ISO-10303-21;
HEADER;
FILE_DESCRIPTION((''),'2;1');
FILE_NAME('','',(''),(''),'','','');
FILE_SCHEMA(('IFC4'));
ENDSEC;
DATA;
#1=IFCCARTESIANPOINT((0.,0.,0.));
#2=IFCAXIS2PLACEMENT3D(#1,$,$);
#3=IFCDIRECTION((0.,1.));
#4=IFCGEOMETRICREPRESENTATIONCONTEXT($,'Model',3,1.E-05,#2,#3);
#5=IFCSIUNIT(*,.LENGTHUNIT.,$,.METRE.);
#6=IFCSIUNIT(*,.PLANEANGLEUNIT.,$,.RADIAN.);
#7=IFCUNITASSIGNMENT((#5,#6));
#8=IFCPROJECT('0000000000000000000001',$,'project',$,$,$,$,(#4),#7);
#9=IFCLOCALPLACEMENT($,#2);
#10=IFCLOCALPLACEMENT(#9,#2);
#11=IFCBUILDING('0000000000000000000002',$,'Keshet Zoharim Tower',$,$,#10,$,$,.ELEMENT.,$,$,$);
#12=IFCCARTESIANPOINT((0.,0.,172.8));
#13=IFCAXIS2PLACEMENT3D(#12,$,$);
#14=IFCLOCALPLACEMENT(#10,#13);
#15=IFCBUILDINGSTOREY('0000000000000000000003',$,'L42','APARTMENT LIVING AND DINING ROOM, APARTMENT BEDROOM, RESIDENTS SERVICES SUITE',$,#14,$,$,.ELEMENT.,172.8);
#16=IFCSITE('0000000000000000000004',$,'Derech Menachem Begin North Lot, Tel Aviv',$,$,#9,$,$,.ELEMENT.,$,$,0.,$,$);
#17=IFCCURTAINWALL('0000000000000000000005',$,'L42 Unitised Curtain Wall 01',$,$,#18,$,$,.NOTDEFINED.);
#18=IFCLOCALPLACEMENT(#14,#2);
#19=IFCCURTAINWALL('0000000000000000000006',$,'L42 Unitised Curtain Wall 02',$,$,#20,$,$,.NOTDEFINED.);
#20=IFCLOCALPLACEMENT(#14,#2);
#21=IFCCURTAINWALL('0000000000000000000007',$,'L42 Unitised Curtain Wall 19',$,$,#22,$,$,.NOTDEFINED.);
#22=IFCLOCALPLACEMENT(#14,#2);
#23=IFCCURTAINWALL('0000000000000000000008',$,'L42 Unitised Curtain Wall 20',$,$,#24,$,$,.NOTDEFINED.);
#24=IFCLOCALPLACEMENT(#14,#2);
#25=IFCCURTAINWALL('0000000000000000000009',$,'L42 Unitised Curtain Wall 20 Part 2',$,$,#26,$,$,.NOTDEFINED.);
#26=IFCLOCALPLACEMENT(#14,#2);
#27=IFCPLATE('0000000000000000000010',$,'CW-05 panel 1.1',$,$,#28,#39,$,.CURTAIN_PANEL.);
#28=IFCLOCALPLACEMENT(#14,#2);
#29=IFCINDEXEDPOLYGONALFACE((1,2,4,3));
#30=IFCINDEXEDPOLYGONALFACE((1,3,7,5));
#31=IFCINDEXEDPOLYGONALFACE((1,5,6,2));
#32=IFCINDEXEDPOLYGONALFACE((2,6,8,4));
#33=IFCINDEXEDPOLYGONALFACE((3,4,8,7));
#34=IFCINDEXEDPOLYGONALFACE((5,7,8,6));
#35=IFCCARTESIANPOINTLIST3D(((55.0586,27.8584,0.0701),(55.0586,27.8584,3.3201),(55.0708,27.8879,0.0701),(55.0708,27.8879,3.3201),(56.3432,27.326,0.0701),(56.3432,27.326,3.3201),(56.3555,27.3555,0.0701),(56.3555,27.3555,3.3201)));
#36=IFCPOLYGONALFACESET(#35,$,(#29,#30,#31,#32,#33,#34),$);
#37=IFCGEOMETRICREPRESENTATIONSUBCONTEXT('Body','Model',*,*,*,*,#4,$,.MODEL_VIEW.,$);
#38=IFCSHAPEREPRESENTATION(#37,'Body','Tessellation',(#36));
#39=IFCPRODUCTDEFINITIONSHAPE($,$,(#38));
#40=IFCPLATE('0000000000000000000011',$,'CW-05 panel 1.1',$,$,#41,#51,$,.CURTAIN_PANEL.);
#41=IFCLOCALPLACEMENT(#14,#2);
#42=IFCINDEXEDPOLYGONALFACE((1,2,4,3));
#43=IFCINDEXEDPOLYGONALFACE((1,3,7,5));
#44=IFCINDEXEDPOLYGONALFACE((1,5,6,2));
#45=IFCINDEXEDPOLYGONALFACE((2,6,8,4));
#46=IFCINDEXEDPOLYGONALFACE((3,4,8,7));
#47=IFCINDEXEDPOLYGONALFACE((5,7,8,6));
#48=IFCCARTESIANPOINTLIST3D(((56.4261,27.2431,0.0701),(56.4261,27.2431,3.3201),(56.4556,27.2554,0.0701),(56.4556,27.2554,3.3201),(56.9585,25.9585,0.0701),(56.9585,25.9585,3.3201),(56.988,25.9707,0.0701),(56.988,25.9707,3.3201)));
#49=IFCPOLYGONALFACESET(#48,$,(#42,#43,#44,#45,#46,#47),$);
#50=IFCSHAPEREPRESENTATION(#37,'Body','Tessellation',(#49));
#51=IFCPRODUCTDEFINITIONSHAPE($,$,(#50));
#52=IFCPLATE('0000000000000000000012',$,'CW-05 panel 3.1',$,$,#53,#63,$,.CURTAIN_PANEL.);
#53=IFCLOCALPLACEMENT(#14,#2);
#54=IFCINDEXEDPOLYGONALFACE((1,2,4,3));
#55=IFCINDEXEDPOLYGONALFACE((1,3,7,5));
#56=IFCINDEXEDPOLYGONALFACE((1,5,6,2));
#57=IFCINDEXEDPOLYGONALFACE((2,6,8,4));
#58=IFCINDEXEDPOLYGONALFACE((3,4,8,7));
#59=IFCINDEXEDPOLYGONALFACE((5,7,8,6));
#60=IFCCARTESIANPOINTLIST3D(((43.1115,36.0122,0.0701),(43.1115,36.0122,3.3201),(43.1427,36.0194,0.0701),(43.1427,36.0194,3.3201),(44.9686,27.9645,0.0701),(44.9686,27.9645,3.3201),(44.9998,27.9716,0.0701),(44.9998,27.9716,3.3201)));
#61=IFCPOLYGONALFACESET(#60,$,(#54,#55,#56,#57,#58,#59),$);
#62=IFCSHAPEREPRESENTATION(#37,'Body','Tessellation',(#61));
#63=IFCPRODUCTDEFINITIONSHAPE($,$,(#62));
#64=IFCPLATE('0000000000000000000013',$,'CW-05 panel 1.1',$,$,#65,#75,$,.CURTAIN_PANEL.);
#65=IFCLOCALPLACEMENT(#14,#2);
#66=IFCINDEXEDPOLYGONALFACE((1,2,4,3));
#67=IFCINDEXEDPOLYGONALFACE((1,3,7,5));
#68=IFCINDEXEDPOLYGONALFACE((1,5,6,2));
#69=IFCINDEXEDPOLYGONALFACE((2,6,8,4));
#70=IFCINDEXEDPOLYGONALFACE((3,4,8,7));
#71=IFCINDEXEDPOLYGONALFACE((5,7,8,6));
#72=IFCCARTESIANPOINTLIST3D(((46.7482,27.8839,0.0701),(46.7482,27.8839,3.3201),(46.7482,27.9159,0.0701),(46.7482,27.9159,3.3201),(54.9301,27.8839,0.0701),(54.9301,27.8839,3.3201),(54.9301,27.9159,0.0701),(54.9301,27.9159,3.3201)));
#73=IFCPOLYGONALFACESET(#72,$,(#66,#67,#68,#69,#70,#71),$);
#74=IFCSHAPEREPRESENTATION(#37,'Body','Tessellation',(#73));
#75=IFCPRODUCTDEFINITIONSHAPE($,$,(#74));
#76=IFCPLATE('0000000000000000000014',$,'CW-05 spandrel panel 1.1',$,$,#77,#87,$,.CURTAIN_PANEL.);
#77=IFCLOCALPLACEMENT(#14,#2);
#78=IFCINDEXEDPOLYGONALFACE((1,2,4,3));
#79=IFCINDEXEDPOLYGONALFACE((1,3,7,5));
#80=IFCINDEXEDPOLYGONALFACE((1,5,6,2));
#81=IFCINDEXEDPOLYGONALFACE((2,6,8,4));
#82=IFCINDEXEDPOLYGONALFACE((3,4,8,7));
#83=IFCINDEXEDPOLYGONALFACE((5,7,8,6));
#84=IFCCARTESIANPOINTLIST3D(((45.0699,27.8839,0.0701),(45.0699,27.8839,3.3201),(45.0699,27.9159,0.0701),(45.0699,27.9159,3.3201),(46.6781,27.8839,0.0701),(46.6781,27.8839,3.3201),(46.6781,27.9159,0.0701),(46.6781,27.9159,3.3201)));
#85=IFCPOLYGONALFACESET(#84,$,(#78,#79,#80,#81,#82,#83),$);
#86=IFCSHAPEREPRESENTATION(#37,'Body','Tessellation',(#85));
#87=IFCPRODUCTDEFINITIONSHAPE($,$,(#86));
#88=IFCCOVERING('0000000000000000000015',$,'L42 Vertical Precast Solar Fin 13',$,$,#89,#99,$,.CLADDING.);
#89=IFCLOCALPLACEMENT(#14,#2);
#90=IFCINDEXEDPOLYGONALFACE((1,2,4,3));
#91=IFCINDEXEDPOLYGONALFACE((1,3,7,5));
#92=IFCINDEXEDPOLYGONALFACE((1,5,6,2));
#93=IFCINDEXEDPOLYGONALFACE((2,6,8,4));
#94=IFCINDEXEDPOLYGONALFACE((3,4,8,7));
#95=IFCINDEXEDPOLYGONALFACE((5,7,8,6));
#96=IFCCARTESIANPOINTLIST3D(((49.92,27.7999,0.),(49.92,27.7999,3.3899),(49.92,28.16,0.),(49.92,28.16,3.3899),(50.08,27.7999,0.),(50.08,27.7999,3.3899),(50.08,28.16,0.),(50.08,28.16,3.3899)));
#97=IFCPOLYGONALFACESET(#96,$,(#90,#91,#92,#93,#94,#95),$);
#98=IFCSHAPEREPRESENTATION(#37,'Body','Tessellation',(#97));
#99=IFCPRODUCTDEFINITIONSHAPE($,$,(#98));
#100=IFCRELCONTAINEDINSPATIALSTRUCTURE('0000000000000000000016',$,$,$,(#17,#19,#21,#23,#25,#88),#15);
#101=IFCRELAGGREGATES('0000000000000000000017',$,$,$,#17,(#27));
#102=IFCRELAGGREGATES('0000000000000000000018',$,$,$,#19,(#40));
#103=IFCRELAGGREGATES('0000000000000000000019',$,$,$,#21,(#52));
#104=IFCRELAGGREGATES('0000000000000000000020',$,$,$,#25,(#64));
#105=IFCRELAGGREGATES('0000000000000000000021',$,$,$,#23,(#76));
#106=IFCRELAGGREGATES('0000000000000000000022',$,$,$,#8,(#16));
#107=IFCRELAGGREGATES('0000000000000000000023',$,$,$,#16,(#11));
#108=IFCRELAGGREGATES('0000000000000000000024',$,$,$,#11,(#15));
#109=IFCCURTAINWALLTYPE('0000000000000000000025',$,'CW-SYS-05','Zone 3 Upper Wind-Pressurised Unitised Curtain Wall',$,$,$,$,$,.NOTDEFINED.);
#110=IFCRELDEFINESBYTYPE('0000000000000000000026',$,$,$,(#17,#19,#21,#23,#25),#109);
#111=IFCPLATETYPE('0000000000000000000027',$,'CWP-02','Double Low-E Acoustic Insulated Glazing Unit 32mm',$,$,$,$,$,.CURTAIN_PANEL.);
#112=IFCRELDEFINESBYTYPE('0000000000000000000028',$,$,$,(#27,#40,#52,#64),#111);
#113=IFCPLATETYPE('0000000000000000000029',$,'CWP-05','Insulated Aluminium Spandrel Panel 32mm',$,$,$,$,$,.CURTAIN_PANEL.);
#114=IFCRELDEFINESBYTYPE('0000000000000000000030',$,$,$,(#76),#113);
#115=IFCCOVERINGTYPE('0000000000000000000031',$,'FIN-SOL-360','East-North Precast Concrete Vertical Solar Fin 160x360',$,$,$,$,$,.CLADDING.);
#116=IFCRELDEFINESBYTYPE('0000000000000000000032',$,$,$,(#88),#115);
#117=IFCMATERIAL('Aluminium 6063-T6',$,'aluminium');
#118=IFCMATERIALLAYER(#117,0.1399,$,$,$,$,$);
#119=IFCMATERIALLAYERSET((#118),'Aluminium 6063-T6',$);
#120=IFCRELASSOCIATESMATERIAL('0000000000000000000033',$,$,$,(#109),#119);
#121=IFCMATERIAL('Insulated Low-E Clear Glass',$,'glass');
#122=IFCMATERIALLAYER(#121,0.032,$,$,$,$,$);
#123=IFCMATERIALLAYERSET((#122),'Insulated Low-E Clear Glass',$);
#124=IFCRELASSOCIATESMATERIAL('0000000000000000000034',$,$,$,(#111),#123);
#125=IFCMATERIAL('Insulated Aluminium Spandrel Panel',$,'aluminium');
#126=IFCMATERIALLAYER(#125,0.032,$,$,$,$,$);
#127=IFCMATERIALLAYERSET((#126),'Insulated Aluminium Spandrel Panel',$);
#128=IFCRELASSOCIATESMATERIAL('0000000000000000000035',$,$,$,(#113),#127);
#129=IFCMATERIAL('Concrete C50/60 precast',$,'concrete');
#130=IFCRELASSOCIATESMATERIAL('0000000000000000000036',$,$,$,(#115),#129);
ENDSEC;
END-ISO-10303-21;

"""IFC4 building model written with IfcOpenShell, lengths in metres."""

from ifc_helpers import new_model, si_unit, direction, frame, origin, origin_2d, place, context, subcontext, project, spatial, rectangle, extrude, material, layer, layer_set, type_object, element, aggregate, save


model = new_model("IFC4")

# Units and contexts
model_context = context("Model", 3, precision=1e-05, world=origin(), true_north=direction((0.0, 1.0)))
body_context = subcontext(model_context, "Body", "Model", "MODEL_VIEW")
ifc_project = project(units=[si_unit("LENGTHUNIT", "METRE"), si_unit("PLANEANGLEUNIT", "RADIAN")], contexts=[model_context])

# Site, building, storey
site_placement = place(None, origin())
site = spatial("IfcSite", under=ifc_project, at=site_placement, Name="Derech Menachem Begin North Lot, Tel Aviv", CompositionType="ELEMENT", RefElevation=0.0)
building_placement = place(site_placement, origin())
building = spatial("IfcBuilding", under=site, at=building_placement, Name="Keshet Zoharim Tower", CompositionType="ELEMENT")
storey_placement = place(building_placement, frame((0.0, 0.0, 172.8)))
storey = spatial("IfcBuildingStorey", under=building, at=storey_placement, Name="L42", Description="APARTMENT LIVING AND DINING ROOM, APARTMENT BEDROOM, RESIDENTS SERVICES SUITE", CompositionType="ELEMENT", Elevation=172.8)

# Curtain walls
ifc_material_1 = material(Name="Aluminium 6063-T6", Category="aluminium")
ifc_layer_1 = layer(ifc_material_1, 0.1399)
ifc_layer_set_1 = layer_set([ifc_layer_1], Name="Aluminium 6063-T6")
curtain_wall_type = type_object("IfcCurtainWallType", Name="CW-SYS-05", Description="Zone 3 Upper Wind-Pressurised Unitised Curtain Wall", PredefinedType="NOTDEFINED", material=ifc_layer_set_1)
curtain_wall_1_placement = place(storey_placement, origin())
curtain_wall_1 = element("IfcCurtainWall", 1, at=curtain_wall_1_placement, inside=storey, type_object=curtain_wall_type, Name="L42 Unitised Curtain Wall 01", PredefinedType="NOTDEFINED")
curtain_wall_2_placement = place(storey_placement, origin())
curtain_wall_2 = element("IfcCurtainWall", 2, at=curtain_wall_2_placement, inside=storey, type_object=curtain_wall_type, Name="L42 Unitised Curtain Wall 02", PredefinedType="NOTDEFINED")

# Curtain wall
curtain_wall_3_placement = place(storey_placement, origin())
curtain_wall_3 = element("IfcCurtainWall", 3, at=curtain_wall_3_placement, inside=storey, type_object=curtain_wall_type, Name="L42 Unitised Curtain Wall 19", PredefinedType="NOTDEFINED")

# Curtain wall
curtain_wall_4_placement = place(storey_placement, origin())
curtain_wall_4 = element("IfcCurtainWall", 4, at=curtain_wall_4_placement, inside=storey, type_object=curtain_wall_type, Name="L42 Unitised Curtain Wall 20", PredefinedType="NOTDEFINED")

# Curtain wall
curtain_wall_5_placement = place(storey_placement, origin())
curtain_wall_5 = element("IfcCurtainWall", 5, at=curtain_wall_5_placement, inside=storey, type_object=curtain_wall_type, Name="L42 Unitised Curtain Wall 20 Part 2", PredefinedType="NOTDEFINED")

# Plates
ifc_material_2 = material(Name="Insulated Low-E Clear Glass", Category="glass")
ifc_layer_2 = layer(ifc_material_2, 0.032)
ifc_layer_set_2 = layer_set([ifc_layer_2], Name="Insulated Low-E Clear Glass")
plate_type_1 = type_object("IfcPlateType", Name="CWP-02", Description="Double Low-E Acoustic Insulated Glazing Unit 32mm", PredefinedType="CURTAIN_PANEL", material=ifc_layer_set_2)
plate_1_placement = place(storey_placement, frame((55.707, 27.6069, 0.0701), z_axis=(0.0, 0.0, 1.0), x_axis=(0.92381, -0.382852, 0.0)))
plate_1 = element("IfcPlate", 6, at=plate_1_placement, type_object=plate_type_1, Name="CW-05 panel 1.1", PredefinedType="CURTAIN_PANEL", context=body_context, shape_type="SweptSolid", body=[
    extrude(rectangle(XDim=1.3906, YDim=0.032, at=origin_2d()), origin(), (0.0, 0.0, 1.0), 3.25),
])
aggregate(curtain_wall_1, [plate_1])
plate_2_placement = place(storey_placement, frame((56.707, 26.6069, 0.0701), z_axis=(0.0, 0.0, 1.0), x_axis=(0.382852, -0.92381, 0.0)))
plate_2 = element("IfcPlate", 7, at=plate_2_placement, type_object=plate_type_1, Name="CW-05 panel 1.1", PredefinedType="CURTAIN_PANEL", context=body_context, shape_type="SweptSolid", body=[
    extrude(rectangle(XDim=1.3906, YDim=0.032, at=origin_2d()), origin(), (0.0, 0.0, 1.0), 3.25),
])
aggregate(curtain_wall_2, [plate_2])
plate_3_placement = place(storey_placement, frame((44.0557, 31.9919, 0.0701), z_axis=(0.0, 0.0, 1.0), x_axis=(0.224848, -0.974394, 0.0)))
plate_3 = element("IfcPlate", 8, at=plate_3_placement, type_object=plate_type_1, Name="CW-05 panel 3.1", PredefinedType="CURTAIN_PANEL", context=body_context, shape_type="SweptSolid", body=[
    extrude(rectangle(XDim=8.2593, YDim=0.032, at=origin_2d()), origin(), (0.0, 0.0, 1.0), 3.25),
])
aggregate(curtain_wall_3, [plate_3])
plate_4_placement = place(storey_placement, frame((50.8391, 27.8999, 0.0701), z_axis=(0.0, 0.0, 1.0), x_axis=(1.0, 0.0, 0.0)))
plate_4 = element("IfcPlate", 9, at=plate_4_placement, type_object=plate_type_1, Name="CW-05 panel 1.1", PredefinedType="CURTAIN_PANEL", context=body_context, shape_type="SweptSolid", body=[
    extrude(rectangle(XDim=8.1819, YDim=0.032, at=origin_2d()), origin(), (0.0, 0.0, 1.0), 3.25),
])
aggregate(curtain_wall_5, [plate_4])
ifc_material_3 = material(Name="Insulated Aluminium Spandrel Panel", Category="aluminium")
ifc_layer_3 = layer(ifc_material_3, 0.032)
ifc_layer_set_3 = layer_set([ifc_layer_3], Name="Insulated Aluminium Spandrel Panel")
plate_type_2 = type_object("IfcPlateType", Name="CWP-05", Description="Insulated Aluminium Spandrel Panel 32mm", PredefinedType="CURTAIN_PANEL", material=ifc_layer_set_3)
plate_5_placement = place(storey_placement, frame((45.874, 27.8999, 0.0701), z_axis=(0.0, 0.0, 1.0), x_axis=(1.0, 0.0, 0.0)))
plate_5 = element("IfcPlate", 10, at=plate_5_placement, type_object=plate_type_2, Name="CW-05 spandrel panel 1.1", PredefinedType="CURTAIN_PANEL", context=body_context, shape_type="SweptSolid", body=[
    extrude(rectangle(XDim=1.6082, YDim=0.032, at=origin_2d()), origin(), (0.0, 0.0, 1.0), 3.25),
])
aggregate(curtain_wall_4, [plate_5])

# Covering
ifc_material_4 = material(Name="Concrete C50/60 precast", Category="concrete")
covering_type = type_object("IfcCoveringType", Name="FIN-SOL-360", Description="East-North Precast Concrete Vertical Solar Fin 160x360", PredefinedType="CLADDING", material=ifc_material_4)
covering_placement = place(storey_placement, frame((50.0, 27.98, 0.0), z_axis=(0.0, 0.0, 1.0), x_axis=(1.0, 0.0, 0.0)))
element("IfcCovering", 11, at=covering_placement, inside=storey, type_object=covering_type, Name="L42 Vertical Precast Solar Fin 13", PredefinedType="CLADDING", context=body_context, shape_type="SweptSolid", body=[
    extrude(rectangle(XDim=0.1599, YDim=0.3601, at=origin_2d()), origin(), (0.0, 0.0, 1.0), 3.3899),
])

save(model, "model.ifc")
